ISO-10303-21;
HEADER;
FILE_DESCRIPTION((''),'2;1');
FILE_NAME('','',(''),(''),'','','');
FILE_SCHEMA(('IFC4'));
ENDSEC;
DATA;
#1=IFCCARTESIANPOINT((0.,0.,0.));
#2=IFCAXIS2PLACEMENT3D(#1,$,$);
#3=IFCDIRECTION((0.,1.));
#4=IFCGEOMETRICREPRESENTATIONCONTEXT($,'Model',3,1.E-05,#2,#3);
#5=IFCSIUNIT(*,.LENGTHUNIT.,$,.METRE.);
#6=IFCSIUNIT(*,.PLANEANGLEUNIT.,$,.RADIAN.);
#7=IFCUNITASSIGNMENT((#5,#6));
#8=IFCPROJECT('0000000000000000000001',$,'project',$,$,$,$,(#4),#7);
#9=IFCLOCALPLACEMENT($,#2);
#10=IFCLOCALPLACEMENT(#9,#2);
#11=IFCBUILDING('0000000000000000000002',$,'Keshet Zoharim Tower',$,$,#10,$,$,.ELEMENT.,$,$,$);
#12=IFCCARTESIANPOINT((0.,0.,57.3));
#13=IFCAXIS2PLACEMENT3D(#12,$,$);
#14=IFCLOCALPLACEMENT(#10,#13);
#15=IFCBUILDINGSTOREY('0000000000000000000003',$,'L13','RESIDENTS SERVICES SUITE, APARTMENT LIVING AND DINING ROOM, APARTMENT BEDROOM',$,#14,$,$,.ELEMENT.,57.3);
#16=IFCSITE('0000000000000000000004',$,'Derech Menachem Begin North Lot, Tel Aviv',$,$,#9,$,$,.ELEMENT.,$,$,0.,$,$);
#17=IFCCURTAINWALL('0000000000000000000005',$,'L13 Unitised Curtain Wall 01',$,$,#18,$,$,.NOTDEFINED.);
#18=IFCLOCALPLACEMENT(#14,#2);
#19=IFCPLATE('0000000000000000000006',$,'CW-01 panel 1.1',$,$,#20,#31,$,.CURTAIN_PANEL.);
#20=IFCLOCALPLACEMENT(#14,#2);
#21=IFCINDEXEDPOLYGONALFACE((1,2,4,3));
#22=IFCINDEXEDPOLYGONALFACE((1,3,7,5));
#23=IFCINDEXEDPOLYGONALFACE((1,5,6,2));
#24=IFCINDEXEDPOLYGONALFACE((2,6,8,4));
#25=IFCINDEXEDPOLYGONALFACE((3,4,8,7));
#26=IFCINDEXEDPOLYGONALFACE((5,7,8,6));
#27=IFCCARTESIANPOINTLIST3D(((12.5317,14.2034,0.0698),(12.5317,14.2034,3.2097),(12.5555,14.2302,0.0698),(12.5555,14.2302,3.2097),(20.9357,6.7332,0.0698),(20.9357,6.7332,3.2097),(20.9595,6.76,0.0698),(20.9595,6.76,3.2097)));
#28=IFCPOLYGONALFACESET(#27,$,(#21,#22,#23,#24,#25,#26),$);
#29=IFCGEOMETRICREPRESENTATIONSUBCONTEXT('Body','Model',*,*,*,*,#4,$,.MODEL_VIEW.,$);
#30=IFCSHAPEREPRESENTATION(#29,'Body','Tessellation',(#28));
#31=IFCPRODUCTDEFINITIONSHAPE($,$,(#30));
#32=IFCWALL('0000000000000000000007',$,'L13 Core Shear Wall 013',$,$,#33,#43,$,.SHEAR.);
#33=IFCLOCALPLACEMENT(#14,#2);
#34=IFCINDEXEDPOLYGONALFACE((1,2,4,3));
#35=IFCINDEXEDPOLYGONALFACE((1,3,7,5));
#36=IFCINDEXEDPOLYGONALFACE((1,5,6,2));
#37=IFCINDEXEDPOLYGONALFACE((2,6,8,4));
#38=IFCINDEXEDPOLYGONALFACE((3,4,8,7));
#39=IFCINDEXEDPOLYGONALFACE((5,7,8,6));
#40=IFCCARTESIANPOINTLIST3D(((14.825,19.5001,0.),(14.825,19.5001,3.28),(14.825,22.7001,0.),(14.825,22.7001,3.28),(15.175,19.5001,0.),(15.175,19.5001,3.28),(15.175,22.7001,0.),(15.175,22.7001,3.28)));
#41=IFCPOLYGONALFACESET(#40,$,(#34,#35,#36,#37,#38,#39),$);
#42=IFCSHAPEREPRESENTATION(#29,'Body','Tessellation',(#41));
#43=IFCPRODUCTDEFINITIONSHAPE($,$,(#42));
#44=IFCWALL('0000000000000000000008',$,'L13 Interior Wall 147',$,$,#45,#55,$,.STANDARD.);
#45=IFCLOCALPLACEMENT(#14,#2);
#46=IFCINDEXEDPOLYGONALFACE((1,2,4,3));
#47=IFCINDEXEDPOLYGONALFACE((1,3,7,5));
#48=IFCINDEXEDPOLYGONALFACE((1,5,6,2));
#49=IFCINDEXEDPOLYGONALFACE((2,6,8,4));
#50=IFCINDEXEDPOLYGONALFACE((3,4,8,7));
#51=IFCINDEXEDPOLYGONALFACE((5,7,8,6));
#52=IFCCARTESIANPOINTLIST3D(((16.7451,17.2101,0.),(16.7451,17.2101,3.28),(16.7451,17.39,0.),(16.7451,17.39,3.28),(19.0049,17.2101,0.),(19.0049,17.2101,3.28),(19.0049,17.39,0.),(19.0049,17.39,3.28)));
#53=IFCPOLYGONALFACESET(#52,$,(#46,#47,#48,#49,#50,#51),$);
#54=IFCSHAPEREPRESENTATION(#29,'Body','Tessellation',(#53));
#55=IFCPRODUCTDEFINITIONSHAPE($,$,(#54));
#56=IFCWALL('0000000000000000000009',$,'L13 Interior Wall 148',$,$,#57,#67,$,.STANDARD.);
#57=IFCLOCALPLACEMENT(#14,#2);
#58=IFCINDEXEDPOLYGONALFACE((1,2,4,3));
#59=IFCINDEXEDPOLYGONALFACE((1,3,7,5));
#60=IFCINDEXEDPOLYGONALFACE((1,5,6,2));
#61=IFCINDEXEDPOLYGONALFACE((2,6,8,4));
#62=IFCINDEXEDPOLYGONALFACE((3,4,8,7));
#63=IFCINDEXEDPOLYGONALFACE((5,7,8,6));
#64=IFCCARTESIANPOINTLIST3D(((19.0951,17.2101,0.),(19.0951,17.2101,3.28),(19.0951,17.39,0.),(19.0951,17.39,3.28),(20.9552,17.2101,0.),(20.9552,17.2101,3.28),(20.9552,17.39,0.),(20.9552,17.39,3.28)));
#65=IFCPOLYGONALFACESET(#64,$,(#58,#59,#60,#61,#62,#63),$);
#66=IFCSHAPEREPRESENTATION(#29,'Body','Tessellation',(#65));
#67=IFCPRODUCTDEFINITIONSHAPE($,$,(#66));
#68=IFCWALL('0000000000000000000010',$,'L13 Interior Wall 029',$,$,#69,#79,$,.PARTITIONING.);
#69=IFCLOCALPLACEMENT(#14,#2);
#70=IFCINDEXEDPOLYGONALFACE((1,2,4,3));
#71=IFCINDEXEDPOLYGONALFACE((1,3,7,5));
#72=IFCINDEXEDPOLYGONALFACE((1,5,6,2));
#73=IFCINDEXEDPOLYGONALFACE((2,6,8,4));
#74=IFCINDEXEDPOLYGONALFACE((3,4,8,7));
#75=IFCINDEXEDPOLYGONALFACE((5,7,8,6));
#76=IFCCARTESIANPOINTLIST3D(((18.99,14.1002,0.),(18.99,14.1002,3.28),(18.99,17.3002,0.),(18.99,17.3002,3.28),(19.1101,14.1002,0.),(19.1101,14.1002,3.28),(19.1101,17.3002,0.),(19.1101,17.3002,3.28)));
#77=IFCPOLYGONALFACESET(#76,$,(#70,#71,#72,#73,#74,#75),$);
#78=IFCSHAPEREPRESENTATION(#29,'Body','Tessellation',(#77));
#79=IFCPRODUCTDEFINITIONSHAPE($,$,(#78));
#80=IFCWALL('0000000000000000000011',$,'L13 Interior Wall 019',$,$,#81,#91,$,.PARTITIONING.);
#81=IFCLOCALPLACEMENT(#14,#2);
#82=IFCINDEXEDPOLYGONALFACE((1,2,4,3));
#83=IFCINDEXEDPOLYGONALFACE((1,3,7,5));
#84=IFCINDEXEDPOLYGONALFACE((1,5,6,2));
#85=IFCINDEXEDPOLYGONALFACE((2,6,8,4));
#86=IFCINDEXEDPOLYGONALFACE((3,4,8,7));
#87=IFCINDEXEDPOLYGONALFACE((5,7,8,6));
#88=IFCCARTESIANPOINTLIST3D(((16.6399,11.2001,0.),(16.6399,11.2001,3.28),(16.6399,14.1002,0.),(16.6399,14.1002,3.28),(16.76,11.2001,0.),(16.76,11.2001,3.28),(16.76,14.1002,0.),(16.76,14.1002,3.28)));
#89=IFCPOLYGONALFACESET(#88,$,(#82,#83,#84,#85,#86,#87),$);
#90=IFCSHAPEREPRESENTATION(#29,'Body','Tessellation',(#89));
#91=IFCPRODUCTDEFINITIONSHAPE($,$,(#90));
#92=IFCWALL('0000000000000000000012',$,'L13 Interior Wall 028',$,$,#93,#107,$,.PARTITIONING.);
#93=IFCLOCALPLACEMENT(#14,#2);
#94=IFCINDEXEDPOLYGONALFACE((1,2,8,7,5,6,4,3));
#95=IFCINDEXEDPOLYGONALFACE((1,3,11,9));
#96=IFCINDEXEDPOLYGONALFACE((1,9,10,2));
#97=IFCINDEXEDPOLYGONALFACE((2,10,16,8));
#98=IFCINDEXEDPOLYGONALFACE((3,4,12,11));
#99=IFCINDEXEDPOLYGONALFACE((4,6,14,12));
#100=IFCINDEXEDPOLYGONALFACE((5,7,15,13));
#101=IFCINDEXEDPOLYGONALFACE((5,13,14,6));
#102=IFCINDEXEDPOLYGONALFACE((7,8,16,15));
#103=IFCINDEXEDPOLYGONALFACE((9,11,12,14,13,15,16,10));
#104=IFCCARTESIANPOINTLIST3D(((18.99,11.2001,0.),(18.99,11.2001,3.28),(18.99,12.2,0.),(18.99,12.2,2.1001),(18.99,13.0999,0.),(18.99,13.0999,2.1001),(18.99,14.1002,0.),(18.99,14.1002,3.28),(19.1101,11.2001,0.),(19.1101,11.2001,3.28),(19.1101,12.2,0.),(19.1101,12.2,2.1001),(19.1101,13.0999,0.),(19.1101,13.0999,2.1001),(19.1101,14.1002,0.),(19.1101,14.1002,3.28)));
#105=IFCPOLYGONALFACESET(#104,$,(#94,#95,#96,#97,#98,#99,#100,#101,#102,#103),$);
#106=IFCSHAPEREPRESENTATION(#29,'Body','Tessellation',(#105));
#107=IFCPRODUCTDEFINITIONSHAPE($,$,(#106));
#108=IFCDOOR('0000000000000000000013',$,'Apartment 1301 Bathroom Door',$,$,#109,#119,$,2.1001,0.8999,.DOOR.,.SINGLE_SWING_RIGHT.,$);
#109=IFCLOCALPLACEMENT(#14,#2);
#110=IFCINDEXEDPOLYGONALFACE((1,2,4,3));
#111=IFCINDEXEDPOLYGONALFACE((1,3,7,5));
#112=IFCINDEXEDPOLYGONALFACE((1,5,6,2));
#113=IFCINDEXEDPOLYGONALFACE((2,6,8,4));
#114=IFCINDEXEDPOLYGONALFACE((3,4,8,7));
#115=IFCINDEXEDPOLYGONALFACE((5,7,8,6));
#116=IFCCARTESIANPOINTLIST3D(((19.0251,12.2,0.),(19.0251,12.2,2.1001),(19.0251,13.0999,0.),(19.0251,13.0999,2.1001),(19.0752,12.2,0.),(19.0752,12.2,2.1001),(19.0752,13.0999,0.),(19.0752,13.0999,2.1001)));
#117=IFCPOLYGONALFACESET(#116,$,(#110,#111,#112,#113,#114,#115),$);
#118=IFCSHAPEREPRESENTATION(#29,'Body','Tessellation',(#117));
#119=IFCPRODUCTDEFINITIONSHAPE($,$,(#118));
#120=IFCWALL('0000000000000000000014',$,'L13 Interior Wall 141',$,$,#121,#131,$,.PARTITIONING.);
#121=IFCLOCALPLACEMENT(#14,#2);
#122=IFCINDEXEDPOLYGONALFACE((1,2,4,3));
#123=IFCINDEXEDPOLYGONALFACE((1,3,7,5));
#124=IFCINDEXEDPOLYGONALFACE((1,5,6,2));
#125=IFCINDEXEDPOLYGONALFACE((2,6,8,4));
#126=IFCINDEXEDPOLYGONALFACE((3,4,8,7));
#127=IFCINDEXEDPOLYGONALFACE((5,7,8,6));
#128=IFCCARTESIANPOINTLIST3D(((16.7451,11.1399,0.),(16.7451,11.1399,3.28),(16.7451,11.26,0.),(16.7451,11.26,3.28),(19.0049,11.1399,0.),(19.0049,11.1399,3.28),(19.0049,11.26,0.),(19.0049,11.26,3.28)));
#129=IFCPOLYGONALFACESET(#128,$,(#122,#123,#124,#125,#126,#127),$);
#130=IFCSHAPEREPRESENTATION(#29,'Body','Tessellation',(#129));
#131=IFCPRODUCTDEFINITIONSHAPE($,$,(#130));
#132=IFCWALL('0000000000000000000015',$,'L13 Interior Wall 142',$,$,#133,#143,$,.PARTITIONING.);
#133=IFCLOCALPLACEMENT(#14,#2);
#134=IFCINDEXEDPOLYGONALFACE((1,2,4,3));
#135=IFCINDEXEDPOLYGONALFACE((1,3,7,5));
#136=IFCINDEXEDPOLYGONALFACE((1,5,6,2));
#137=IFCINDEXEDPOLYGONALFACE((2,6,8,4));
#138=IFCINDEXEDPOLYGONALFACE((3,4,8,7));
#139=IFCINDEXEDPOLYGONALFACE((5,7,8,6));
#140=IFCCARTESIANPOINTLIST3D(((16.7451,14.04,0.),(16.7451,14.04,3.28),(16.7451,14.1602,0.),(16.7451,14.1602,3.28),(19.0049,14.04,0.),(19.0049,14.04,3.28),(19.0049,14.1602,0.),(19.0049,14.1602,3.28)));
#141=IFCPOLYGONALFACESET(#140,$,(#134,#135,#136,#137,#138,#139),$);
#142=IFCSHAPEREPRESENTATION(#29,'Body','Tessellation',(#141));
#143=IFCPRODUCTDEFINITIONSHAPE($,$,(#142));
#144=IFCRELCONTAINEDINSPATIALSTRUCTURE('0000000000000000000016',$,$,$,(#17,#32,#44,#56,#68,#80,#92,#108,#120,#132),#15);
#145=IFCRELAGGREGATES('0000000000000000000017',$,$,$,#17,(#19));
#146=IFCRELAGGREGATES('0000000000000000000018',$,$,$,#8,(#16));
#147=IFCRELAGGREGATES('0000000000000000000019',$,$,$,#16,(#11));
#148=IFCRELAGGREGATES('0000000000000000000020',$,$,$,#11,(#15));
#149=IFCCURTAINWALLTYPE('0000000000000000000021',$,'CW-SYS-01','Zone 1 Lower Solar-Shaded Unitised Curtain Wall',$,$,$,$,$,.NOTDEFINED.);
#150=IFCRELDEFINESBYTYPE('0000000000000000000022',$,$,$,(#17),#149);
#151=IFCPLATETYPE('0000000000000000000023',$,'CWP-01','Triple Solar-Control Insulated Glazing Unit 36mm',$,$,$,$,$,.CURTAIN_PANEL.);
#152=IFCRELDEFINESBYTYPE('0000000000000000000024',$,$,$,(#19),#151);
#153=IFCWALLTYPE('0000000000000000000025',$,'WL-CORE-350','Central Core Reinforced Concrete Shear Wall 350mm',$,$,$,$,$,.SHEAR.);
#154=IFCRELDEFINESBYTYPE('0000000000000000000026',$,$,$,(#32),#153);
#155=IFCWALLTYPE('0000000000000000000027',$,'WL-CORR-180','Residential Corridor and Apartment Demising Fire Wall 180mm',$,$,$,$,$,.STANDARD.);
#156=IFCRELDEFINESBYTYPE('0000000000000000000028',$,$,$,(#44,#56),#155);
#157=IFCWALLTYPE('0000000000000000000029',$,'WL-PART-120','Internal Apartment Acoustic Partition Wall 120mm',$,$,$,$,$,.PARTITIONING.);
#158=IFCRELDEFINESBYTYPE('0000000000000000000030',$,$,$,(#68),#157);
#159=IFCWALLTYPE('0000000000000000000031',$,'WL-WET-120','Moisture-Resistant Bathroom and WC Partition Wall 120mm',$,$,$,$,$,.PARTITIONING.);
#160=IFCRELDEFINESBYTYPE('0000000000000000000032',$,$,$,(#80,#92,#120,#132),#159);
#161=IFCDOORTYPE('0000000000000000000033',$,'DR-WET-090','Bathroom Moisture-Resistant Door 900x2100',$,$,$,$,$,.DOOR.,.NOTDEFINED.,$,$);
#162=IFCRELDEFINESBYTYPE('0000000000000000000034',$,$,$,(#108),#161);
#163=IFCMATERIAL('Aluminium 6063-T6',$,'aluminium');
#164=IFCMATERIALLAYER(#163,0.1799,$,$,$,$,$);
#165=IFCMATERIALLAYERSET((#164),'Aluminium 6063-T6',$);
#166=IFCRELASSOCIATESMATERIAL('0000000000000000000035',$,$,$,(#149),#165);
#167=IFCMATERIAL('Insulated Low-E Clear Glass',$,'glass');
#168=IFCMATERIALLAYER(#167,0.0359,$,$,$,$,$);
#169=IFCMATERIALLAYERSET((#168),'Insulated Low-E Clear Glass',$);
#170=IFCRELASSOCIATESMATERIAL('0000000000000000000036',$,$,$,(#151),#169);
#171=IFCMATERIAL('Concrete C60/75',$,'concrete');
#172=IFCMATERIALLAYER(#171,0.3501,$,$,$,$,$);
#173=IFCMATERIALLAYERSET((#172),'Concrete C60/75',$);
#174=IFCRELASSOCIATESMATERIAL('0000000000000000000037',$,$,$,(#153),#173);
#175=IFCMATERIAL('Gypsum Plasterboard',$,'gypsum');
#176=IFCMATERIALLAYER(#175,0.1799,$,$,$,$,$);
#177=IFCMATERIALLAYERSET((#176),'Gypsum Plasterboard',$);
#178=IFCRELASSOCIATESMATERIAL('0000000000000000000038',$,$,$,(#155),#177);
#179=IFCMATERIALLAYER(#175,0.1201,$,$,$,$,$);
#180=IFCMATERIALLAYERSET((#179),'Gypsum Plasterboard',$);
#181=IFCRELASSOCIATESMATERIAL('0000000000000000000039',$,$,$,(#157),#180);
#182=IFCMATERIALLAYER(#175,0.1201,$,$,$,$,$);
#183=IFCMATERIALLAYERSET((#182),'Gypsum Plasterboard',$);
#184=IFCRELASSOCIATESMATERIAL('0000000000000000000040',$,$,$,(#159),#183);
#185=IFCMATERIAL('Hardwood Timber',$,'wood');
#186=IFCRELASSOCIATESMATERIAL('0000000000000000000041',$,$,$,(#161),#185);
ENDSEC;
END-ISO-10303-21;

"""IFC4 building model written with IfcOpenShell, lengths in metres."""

from ifc_helpers import new_model, si_unit, direction, frame, frame_2d, origin, origin_2d, place, context, subcontext, project, spatial, rectangle, extrude, material, layer, layer_set, type_object, element, fill, aggregate, save


model = new_model("IFC4")

# Units and contexts
model_context = context("Model", 3, precision=1e-05, world=origin(), true_north=direction((0.0, 1.0)))
body_context = subcontext(model_context, "Body", "Model", "MODEL_VIEW")
ifc_project = project(units=[si_unit("LENGTHUNIT", "METRE"), si_unit("PLANEANGLEUNIT", "RADIAN")], contexts=[model_context])

# Site, building, storey
site_placement = place(None, origin())
site = spatial("IfcSite", under=ifc_project, at=site_placement, Name="Derech Menachem Begin North Lot, Tel Aviv", CompositionType="ELEMENT", RefElevation=0.0)
building_placement = place(site_placement, origin())
building = spatial("IfcBuilding", under=site, at=building_placement, Name="Keshet Zoharim Tower", CompositionType="ELEMENT")
storey_placement = place(building_placement, frame((0.0, 0.0, 57.3)))
storey = spatial("IfcBuildingStorey", under=building, at=storey_placement, Name="L13", Description="RESIDENTS SERVICES SUITE, APARTMENT LIVING AND DINING ROOM, APARTMENT BEDROOM", CompositionType="ELEMENT", Elevation=57.3)

# Shared definitions
ifc_material_1 = material(Name="Concrete C60/75", Category="concrete")

# Curtain wall
ifc_material_2 = material(Name="Aluminium 6063-T6", Category="aluminium")
ifc_layer_1 = layer(ifc_material_2, 0.1799)
ifc_layer_set_1 = layer_set([ifc_layer_1], Name="Aluminium 6063-T6")
curtain_wall_type = type_object("IfcCurtainWallType", Name="CW-SYS-01", Description="Zone 1 Lower Solar-Shaded Unitised Curtain Wall", PredefinedType="NOTDEFINED", material=ifc_layer_set_1)
curtain_wall_1_placement = place(storey_placement, origin())
curtain_wall_1 = element("IfcCurtainWall", 1, at=curtain_wall_1_placement, inside=storey, type_object=curtain_wall_type, Name="L13 Unitised Curtain Wall 01", PredefinedType="NOTDEFINED")

# Plate
ifc_material_3 = material(Name="Insulated Low-E Clear Glass", Category="glass")
ifc_layer_2 = layer(ifc_material_3, 0.0359)
ifc_layer_set_2 = layer_set([ifc_layer_2], Name="Insulated Low-E Clear Glass")
plate_type = type_object("IfcPlateType", Name="CWP-01", Description="Triple Solar-Control Insulated Glazing Unit 36mm", PredefinedType="CURTAIN_PANEL", material=ifc_layer_set_2)
plate_placement = place(storey_placement, frame((16.7456, 10.4817, 0.0698), z_axis=(0.0, 0.0, 1.0), x_axis=(-0.747409, 0.664364, 0.0)))
plate = element("IfcPlate", 2, at=plate_placement, type_object=plate_type, Name="CW-01 panel 1.1", PredefinedType="CURTAIN_PANEL", context=body_context, shape_type="SweptSolid", body=[
    extrude(rectangle(XDim=11.2441, YDim=0.0359, at=origin_2d()), origin(), (0.0, 0.0, 1.0), 3.1399),
])
aggregate(curtain_wall_1, [plate])

# Walls
ifc_layer_3 = layer(ifc_material_1, 0.3501)
ifc_layer_set_3 = layer_set([ifc_layer_3], Name="Concrete C60/75")
wall_type_1 = type_object("IfcWallType", Name="WL-CORE-350", Description="Central Core Reinforced Concrete Shear Wall 350mm", PredefinedType="SHEAR", material=ifc_layer_set_3)
wall_1_placement = place(storey_placement, frame((15.0, 19.5, 0.0), z_axis=(0.0, 0.0, 1.0), x_axis=(0.0, 1.0, 0.0)))
element("IfcWall", 3, at=wall_1_placement, inside=storey, type_object=wall_type_1, Name="L13 Core Shear Wall 013", PredefinedType="SHEAR", context=body_context, shape_type="SweptSolid", body=[
    extrude(rectangle(XDim=3.2, YDim=0.3501, at=frame_2d((1.6001, 0.0))), origin(), (0.0, 0.0, 1.0), 3.28),
])
ifc_material_4 = material(Name="Gypsum Plasterboard", Category="gypsum")
ifc_layer_4 = layer(ifc_material_4, 0.1799)
ifc_layer_set_4 = layer_set([ifc_layer_4], Name="Gypsum Plasterboard")
wall_type_2 = type_object("IfcWallType", Name="WL-CORR-180", Description="Residential Corridor and Apartment Demising Fire Wall 180mm", PredefinedType="STANDARD", material=ifc_layer_set_4)
wall_2_placement = place(storey_placement, frame((16.7451, 17.3, 0.0), z_axis=(0.0, 0.0, 1.0), x_axis=(1.0, 0.0, 0.0)))
element("IfcWall", 4, at=wall_2_placement, inside=storey, type_object=wall_type_2, Name="L13 Interior Wall 147", PredefinedType="STANDARD", context=body_context, shape_type="SweptSolid", body=[
    extrude(rectangle(XDim=2.2598, YDim=0.1799, at=frame_2d((1.1299, 0.0))), origin(), (0.0, 0.0, 1.0), 3.28),
])
wall_3_placement = place(storey_placement, frame((19.095, 17.3, 0.0), z_axis=(0.0, 0.0, 1.0), x_axis=(1.0, 0.0, 0.0)))
element("IfcWall", 5, at=wall_3_placement, inside=storey, type_object=wall_type_2, Name="L13 Interior Wall 148", PredefinedType="STANDARD", context=body_context, shape_type="SweptSolid", body=[
    extrude(rectangle(XDim=1.8601, YDim=0.1799, at=frame_2d((0.9302, 0.0))), origin(), (0.0, 0.0, 1.0), 3.28),
])

# Shared definitions
ifc_material_5 = material(Name="Hardwood Timber", Category="wood")
ifc_layer_5 = layer(ifc_material_4, 0.1201)
ifc_layer_set_5 = layer_set([ifc_layer_5], Name="Gypsum Plasterboard")
wall_type_3 = type_object("IfcWallType", Name="WL-PART-120", Description="Internal Apartment Acoustic Partition Wall 120mm", PredefinedType="PARTITIONING", material=ifc_layer_set_5)

# Walls
wall_4_placement = place(storey_placement, frame((19.05, 14.1001, 0.0), z_axis=(0.0, 0.0, 1.0), x_axis=(0.0, 1.0, 0.0)))
element("IfcWall", 6, at=wall_4_placement, inside=storey, type_object=wall_type_3, Name="L13 Interior Wall 029", PredefinedType="PARTITIONING", context=body_context, shape_type="SweptSolid", body=[
    extrude(rectangle(XDim=3.2, YDim=0.1201, at=frame_2d((1.6001, 0.0))), origin(), (0.0, 0.0, 1.0), 3.28),
])
ifc_layer_6 = layer(ifc_material_4, 0.1201)
ifc_layer_set_6 = layer_set([ifc_layer_6], Name="Gypsum Plasterboard")
wall_type_4 = type_object("IfcWallType", Name="WL-WET-120", Description="Moisture-Resistant Bathroom and WC Partition Wall 120mm", PredefinedType="PARTITIONING", material=ifc_layer_set_6)
wall_5_placement = place(storey_placement, frame((16.7, 11.2, 0.0), z_axis=(0.0, 0.0, 1.0), x_axis=(0.0, 1.0, 0.0)))
element("IfcWall", 7, at=wall_5_placement, inside=storey, type_object=wall_type_4, Name="L13 Interior Wall 019", PredefinedType="PARTITIONING", context=body_context, shape_type="SweptSolid", body=[
    extrude(rectangle(XDim=2.9001, YDim=0.1201, at=frame_2d((1.4502, 0.0))), origin(), (0.0, 0.0, 1.0), 3.28),
])

# Wall, opening, door
wall_6_placement = place(storey_placement, frame((19.05, 11.2, 0.0), z_axis=(0.0, 0.0, 1.0), x_axis=(0.0, 1.0, 0.0)))
wall_6 = element("IfcWall", 8, at=wall_6_placement, inside=storey, type_object=wall_type_4, Name="L13 Interior Wall 028", PredefinedType="PARTITIONING", context=body_context, shape_type="SweptSolid", body=[
    extrude(rectangle(XDim=2.9001, YDim=0.1201, at=frame_2d((1.4502, 0.0))), origin(), (0.0, 0.0, 1.0), 3.28),
])
opening_1_placement = place(wall_6_placement, frame((1.0, 0.0, 0.0)))
opening_1 = element("IfcOpeningElement", 9, at=opening_1_placement, cuts=wall_6, PredefinedType="OPENING", context=body_context, shape_type="SweptSolid", body=[
    extrude(rectangle(XDim=0.8999, YDim=2.1001, at=frame_2d((0.45, 1.05))), frame((0.0, 0.0701, 0.0), z_axis=(0.0, -1.0, 0.0), x_axis=(1.0, 0.0, 0.0)), (0.0, 0.0, 1.0), 0.1401),
])
door_type_1 = type_object("IfcDoorType", Name="DR-WET-090", Description="Bathroom Moisture-Resistant Door 900x2100", OperationType="NOTDEFINED", PredefinedType="DOOR", material=ifc_material_5)
door_1_placement = place(opening_1_placement, origin())
door_1 = element("IfcDoor", 10, at=door_1_placement, inside=storey, type_object=door_type_1, Name="Apartment 1301 Bathroom Door", OperationType="SINGLE_SWING_RIGHT", OverallHeight=2.1001, OverallWidth=0.8999, PredefinedType="DOOR", context=body_context, shape_type="SweptSolid", body=[
    extrude(rectangle(XDim=0.8999, YDim=2.1001, at=frame_2d((0.45, 1.05))), frame((0.0, 0.0249, 0.0), z_axis=(0.0, -1.0, 0.0), x_axis=(1.0, 0.0, 0.0)), (0.0, 0.0, 1.0), 0.05),
])
fill(opening_1, door_1)

# Walls
for number, where, z_axis, x_axis, name in (
    (11, (16.7451, 11.2, 0.0), (0.0, 0.0, 1.0), (1.0, 0.0, 0.0), "L13 Interior Wall 141"),
    (12, (16.7451, 14.1001, 0.0), (0.0, 0.0, 1.0), (1.0, 0.0, 0.0), "L13 Interior Wall 142"),
):
    element("IfcWall", number, at=place(storey_placement, frame(where, z_axis=z_axis, x_axis=x_axis)), inside=storey, type_object=wall_type_4, Name=name, PredefinedType="PARTITIONING", context=body_context, shape_type="SweptSolid", body=[
        extrude(rectangle(XDim=2.2598, YDim=0.1201, at=frame_2d((1.1299, 0.0))), origin(), (0.0, 0.0, 1.0), 3.28),
    ])

save(model, "model.ifc")
